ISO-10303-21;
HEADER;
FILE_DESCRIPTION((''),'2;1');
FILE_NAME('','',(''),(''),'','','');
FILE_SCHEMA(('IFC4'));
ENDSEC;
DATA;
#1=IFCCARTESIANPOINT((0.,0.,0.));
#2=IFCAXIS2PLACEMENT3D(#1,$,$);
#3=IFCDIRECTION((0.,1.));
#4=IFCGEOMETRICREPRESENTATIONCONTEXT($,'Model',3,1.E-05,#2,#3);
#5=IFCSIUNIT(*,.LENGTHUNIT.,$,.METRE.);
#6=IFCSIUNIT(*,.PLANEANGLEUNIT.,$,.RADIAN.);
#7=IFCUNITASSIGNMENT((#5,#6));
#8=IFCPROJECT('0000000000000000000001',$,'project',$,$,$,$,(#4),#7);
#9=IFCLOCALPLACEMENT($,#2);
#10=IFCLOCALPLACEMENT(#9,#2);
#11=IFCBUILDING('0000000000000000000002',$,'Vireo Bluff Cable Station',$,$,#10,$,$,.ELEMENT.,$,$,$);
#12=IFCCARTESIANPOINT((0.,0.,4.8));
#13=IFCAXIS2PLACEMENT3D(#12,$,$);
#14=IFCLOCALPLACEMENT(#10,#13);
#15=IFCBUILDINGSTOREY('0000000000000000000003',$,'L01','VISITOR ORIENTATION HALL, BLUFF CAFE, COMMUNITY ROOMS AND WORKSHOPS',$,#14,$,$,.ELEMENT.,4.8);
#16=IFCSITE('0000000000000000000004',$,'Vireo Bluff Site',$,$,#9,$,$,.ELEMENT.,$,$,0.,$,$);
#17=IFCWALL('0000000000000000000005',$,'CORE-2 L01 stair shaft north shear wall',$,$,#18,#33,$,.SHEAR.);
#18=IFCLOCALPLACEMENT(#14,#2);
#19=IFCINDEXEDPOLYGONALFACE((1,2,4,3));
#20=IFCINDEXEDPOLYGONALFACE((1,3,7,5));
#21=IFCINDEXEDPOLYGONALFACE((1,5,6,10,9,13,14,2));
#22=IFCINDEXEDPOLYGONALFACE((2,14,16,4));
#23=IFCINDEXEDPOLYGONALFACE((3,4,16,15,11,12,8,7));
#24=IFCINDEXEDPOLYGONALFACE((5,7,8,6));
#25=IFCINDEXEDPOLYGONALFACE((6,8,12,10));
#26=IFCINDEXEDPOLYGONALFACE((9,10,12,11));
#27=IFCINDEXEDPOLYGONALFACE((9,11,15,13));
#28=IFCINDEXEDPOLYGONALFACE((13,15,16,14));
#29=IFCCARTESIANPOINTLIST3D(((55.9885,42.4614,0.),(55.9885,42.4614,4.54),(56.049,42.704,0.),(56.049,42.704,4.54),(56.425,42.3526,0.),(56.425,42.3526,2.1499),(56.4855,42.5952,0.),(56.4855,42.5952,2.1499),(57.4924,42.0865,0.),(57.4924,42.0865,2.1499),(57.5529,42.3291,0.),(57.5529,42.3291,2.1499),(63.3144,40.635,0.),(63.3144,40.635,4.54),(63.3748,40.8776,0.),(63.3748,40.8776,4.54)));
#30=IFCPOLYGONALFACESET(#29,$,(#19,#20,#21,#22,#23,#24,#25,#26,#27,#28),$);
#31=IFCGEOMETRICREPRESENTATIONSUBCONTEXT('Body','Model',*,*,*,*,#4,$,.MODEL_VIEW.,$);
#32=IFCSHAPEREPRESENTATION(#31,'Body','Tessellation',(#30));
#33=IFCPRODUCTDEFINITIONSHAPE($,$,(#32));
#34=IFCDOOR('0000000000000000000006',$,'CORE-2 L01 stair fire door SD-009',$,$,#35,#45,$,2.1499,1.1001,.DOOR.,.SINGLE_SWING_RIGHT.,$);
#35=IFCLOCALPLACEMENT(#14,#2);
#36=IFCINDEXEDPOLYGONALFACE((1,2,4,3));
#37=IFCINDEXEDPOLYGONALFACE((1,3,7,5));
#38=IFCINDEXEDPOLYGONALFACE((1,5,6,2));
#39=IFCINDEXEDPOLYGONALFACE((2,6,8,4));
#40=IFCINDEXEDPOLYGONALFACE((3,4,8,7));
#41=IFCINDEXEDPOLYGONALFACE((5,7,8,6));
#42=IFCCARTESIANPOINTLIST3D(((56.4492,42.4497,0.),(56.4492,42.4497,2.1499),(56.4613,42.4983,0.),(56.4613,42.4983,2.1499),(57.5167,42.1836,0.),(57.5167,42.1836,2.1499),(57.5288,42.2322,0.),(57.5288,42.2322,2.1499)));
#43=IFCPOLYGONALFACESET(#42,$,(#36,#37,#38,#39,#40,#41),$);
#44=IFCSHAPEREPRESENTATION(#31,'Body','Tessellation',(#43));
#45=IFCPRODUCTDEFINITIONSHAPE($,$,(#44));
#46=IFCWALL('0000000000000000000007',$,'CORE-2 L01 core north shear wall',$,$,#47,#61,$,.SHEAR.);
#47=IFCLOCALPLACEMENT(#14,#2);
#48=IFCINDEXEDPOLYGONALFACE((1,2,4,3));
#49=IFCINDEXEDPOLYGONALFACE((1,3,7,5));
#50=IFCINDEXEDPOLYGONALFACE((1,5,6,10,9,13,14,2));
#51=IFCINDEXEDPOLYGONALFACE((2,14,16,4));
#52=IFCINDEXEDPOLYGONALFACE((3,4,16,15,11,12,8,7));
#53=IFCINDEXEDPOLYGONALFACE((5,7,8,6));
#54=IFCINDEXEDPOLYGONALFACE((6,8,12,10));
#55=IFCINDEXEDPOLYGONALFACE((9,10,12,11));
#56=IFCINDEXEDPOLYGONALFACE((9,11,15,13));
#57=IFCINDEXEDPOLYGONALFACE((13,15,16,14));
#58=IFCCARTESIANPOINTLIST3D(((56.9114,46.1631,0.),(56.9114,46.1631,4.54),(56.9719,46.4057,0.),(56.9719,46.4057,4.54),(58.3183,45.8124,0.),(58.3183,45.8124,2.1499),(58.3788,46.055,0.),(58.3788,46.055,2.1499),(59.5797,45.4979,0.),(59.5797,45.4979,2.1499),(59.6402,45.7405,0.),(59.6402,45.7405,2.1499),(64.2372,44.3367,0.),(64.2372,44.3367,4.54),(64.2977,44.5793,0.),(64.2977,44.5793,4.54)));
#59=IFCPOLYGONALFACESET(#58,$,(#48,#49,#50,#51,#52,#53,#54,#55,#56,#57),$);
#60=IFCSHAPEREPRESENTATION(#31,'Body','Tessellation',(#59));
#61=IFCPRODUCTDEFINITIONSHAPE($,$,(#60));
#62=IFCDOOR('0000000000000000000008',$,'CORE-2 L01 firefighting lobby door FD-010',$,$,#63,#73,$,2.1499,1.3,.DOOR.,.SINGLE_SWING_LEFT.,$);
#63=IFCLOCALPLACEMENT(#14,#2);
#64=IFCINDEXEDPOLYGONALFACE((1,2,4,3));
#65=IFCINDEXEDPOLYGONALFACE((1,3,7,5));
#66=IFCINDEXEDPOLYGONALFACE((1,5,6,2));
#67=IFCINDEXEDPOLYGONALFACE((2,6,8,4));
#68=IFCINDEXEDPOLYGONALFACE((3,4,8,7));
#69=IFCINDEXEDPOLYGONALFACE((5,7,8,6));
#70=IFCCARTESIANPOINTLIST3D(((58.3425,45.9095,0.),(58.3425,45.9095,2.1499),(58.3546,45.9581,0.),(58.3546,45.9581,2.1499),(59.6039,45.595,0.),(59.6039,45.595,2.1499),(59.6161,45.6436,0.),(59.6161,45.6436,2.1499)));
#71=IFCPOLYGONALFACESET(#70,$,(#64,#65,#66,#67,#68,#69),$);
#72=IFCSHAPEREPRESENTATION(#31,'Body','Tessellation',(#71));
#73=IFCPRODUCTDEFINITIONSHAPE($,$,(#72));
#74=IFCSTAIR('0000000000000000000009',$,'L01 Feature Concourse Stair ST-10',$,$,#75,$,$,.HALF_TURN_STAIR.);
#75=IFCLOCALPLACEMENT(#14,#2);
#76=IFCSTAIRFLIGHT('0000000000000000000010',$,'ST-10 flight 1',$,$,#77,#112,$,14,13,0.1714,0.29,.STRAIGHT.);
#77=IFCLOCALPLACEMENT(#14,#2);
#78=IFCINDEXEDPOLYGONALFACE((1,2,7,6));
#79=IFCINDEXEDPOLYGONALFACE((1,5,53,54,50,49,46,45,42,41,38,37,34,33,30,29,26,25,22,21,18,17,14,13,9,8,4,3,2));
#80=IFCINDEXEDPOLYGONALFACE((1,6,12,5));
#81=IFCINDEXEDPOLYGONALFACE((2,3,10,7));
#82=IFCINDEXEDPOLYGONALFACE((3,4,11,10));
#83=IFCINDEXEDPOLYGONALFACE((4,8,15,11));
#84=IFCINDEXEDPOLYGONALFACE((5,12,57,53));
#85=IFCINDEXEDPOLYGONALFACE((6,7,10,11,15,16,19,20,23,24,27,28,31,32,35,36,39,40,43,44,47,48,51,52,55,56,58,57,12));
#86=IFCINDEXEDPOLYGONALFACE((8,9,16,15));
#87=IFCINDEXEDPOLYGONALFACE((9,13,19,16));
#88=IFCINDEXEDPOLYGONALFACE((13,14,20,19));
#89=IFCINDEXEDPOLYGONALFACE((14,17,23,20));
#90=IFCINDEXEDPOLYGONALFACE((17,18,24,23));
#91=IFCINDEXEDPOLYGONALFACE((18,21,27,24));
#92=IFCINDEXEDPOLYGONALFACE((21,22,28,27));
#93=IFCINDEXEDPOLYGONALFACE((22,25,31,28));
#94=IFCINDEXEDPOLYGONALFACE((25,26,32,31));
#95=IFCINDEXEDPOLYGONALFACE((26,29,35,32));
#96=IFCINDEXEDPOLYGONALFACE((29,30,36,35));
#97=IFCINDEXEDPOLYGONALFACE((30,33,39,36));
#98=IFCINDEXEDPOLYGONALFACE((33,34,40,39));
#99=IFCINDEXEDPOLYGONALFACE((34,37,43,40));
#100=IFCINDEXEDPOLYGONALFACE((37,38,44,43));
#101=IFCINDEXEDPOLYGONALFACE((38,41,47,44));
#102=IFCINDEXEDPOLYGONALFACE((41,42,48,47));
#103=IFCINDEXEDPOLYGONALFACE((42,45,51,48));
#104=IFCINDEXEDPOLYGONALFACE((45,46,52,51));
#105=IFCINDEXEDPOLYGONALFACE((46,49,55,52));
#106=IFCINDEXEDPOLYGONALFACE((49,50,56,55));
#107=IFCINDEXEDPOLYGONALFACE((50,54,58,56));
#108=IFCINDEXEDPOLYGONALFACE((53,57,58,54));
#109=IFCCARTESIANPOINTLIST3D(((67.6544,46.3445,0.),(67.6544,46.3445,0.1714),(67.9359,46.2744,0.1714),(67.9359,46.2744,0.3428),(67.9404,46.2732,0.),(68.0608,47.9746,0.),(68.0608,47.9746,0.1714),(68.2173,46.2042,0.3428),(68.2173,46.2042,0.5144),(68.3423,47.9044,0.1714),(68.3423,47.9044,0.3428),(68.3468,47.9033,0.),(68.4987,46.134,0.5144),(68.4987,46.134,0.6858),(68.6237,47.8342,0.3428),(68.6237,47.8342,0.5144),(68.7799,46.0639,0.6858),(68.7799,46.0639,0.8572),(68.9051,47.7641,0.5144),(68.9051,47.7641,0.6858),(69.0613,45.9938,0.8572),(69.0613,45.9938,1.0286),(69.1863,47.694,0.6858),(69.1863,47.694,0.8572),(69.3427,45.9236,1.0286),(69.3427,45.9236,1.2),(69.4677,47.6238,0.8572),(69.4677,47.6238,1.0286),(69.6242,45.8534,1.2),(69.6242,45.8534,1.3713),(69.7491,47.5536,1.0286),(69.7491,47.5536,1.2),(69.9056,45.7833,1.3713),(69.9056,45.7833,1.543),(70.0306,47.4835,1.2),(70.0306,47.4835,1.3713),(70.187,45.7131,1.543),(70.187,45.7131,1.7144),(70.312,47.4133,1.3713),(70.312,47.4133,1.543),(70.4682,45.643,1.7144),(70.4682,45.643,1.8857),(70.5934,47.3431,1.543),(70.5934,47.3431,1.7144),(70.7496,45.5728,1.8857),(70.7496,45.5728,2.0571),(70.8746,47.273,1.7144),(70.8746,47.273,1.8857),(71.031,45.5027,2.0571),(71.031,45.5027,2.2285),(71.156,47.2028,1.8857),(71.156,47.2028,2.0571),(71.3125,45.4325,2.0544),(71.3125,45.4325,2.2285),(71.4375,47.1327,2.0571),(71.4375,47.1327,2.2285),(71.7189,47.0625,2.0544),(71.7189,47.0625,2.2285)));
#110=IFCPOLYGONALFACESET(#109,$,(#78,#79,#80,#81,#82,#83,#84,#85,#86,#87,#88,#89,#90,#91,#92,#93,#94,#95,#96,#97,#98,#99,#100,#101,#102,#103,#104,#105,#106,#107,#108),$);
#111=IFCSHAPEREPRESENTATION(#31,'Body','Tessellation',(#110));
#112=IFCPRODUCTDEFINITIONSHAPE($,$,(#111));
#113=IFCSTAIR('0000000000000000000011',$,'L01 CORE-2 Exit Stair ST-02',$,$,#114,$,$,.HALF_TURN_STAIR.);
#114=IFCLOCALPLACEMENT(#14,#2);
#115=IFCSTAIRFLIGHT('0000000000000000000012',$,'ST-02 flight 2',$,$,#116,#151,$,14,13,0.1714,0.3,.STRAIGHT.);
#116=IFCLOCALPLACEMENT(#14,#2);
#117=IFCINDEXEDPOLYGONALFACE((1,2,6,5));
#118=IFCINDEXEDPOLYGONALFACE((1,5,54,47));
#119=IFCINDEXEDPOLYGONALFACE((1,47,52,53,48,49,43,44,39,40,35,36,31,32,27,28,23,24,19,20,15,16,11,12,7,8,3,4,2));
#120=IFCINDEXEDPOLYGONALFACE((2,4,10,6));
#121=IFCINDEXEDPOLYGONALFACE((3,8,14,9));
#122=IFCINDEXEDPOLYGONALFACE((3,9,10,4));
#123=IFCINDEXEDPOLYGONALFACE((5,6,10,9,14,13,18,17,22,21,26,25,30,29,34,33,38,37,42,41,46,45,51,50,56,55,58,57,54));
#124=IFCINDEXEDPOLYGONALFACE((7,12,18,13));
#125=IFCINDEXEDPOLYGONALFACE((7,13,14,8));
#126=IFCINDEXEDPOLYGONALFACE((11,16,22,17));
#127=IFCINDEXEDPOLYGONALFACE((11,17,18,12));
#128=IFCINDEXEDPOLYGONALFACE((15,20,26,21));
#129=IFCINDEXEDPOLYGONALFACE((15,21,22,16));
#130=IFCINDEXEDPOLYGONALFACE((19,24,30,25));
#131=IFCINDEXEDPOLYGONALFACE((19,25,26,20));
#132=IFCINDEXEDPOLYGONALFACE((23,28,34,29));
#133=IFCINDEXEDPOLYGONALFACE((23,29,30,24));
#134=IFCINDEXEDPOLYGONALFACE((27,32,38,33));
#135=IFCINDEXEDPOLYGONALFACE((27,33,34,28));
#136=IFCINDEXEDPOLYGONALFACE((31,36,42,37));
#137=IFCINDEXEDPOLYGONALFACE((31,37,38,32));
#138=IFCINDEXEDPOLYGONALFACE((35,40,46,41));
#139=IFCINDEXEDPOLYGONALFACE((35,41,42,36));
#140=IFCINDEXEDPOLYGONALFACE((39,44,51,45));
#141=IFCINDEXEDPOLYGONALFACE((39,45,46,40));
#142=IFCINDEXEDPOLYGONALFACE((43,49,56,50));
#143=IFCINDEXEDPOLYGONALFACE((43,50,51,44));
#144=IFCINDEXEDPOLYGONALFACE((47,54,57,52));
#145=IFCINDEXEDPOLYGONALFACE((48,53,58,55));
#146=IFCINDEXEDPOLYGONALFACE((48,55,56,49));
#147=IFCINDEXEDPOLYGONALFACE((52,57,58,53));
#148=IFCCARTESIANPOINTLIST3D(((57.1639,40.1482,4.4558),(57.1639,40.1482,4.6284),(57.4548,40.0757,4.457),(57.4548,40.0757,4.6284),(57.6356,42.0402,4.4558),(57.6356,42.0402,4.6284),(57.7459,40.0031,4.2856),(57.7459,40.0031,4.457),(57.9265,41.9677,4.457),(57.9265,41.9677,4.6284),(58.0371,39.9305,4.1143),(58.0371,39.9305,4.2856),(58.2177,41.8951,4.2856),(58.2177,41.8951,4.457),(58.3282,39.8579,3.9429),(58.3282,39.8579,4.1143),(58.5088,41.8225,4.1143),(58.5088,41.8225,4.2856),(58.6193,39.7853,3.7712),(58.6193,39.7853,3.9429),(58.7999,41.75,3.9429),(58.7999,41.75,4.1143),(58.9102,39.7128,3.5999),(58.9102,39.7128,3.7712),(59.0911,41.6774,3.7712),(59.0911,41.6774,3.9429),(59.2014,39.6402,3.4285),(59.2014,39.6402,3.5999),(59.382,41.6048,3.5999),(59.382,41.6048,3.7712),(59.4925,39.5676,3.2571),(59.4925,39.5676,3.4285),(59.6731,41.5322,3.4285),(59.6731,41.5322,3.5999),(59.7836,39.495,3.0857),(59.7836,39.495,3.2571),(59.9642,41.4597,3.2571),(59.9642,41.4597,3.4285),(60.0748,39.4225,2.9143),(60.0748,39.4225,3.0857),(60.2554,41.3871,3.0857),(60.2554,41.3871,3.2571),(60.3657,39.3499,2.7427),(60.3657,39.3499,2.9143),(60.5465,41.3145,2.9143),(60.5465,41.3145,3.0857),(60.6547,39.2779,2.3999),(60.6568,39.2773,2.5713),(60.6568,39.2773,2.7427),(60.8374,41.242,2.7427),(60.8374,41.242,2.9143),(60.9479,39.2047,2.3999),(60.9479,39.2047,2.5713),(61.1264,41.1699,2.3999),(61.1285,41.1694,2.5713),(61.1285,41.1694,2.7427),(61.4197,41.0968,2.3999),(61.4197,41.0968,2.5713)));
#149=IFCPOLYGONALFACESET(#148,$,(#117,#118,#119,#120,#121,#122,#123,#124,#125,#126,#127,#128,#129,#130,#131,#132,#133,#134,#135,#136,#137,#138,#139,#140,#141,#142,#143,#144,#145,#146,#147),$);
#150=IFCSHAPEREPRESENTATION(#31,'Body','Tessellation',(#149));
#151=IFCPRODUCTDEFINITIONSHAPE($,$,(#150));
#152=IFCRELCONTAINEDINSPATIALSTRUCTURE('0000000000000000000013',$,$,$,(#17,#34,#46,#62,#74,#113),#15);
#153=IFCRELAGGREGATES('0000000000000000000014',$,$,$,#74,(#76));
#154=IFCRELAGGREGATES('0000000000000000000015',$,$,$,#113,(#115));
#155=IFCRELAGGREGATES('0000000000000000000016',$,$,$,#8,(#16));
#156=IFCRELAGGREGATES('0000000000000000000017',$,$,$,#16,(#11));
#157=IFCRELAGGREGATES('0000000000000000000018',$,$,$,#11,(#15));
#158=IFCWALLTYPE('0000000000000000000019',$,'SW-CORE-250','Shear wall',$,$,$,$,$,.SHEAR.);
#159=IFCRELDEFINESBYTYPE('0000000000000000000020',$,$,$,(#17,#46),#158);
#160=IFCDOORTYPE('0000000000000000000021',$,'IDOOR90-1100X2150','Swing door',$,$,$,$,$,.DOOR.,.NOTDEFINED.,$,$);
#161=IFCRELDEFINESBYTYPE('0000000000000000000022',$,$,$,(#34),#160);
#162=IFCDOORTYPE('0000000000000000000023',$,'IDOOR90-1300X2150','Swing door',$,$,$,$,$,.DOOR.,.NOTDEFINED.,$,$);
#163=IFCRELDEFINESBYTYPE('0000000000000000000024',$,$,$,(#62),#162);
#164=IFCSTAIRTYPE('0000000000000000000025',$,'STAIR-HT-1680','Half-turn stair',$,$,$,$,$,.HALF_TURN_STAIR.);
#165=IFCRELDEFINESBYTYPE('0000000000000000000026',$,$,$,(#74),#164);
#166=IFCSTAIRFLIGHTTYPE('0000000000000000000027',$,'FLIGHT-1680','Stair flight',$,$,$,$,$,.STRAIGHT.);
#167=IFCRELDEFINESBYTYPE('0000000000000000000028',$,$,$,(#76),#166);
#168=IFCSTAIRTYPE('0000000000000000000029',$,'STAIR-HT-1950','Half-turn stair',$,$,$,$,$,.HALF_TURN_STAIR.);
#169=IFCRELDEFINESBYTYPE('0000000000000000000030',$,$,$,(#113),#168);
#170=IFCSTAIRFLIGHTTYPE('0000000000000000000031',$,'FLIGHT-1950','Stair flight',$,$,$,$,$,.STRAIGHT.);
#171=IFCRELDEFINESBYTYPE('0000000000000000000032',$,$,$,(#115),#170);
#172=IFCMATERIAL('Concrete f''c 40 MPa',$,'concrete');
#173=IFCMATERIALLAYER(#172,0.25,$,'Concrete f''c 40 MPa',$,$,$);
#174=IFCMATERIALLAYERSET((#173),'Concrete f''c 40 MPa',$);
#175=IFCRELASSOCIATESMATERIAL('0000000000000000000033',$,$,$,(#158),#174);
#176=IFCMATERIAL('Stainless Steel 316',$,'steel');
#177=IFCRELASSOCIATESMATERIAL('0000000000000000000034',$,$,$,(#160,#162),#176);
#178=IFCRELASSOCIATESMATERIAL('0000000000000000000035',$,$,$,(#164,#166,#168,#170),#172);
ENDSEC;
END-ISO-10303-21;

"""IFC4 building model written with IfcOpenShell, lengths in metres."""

from ifc_helpers import new_model, si_unit, direction, frame, frame_2d, origin, origin_with_axes, place, context, subcontext, project, spatial, polyline, rectangle, outline, extrude, material, layer, layer_set, type_object, element, fill, aggregate, save


model = new_model("IFC4")

# Units and contexts
model_context = context("Model", 3, precision=1e-05, world=origin(), true_north=direction((0.0, 1.0)))
body_context = subcontext(model_context, "Body", "Model", "MODEL_VIEW")
ifc_project = project(units=[si_unit("LENGTHUNIT", "METRE"), si_unit("PLANEANGLEUNIT", "RADIAN")], contexts=[model_context])

# Site, building, storey
site_placement = place(None, origin())
site = spatial("IfcSite", under=ifc_project, at=site_placement, Name="Vireo Bluff Site", CompositionType="ELEMENT", RefElevation=0.0)
building_placement = place(site_placement, origin())
building = spatial("IfcBuilding", under=site, at=building_placement, Name="Vireo Bluff Cable Station", CompositionType="ELEMENT")
storey_placement = place(building_placement, frame((0.0, 0.0, 4.8)))
storey = spatial("IfcBuildingStorey", under=building, at=storey_placement, Name="L01", Description="VISITOR ORIENTATION HALL, BLUFF CAFE, COMMUNITY ROOMS AND WORKSHOPS", CompositionType="ELEMENT", Elevation=4.8)

# Walls, openings, doors
ifc_material_1 = material(Name="Concrete f'c 40 MPa", Category="concrete")
ifc_layer_1 = layer(ifc_material_1, 0.25, Name="Concrete f'c 40 MPa")
ifc_layer_set_1 = layer_set([ifc_layer_1], Name="Concrete f'c 40 MPa")
wall_type_1 = type_object("IfcWallType", Name="SW-CORE-250", Description="Shear wall", PredefinedType="SHEAR", material=ifc_layer_set_1)
wall_1_placement = place(storey_placement, frame((63.3445, 40.7563, 0.0), z_axis=(0.0, 0.0, 1.0), x_axis=(-0.9703, 0.241904, 0.0)))
wall_1 = element("IfcWall", 1, at=wall_1_placement, inside=storey, type_object=wall_type_1, Name="CORE-2 L01 stair shaft north shear wall", PredefinedType="SHEAR", context=body_context, shape_type="SweptSolid", body=[
    extrude(rectangle(XDim=7.55, YDim=0.25, at=frame_2d((3.7749, 0.0))), origin(), (0.0, 0.0, 1.0), 4.54),
])
opening_1_placement = place(wall_1_placement, frame((6.0, 0.0, 0.0)))
opening_1 = element("IfcOpeningElement", 2, at=opening_1_placement, cuts=wall_1, PredefinedType="OPENING", context=body_context, shape_type="SweptSolid", body=[
    extrude(rectangle(XDim=1.1001, YDim=2.1499, at=frame_2d((0.55, 1.075))), frame((0.0, 0.135, 0.0), z_axis=(0.0, -1.0, 0.0), x_axis=(1.0, 0.0, 0.0)), (0.0, 0.0, 1.0), 0.27),
])
ifc_material_2 = material(Name="Stainless Steel 316", Category="steel")
door_type_1 = type_object("IfcDoorType", Name="IDOOR90-1100X2150", Description="Swing door", OperationType="NOTDEFINED", PredefinedType="DOOR", material=ifc_material_2)
door_1_placement = place(opening_1_placement, origin_with_axes())
door_1 = element("IfcDoor", 3, at=door_1_placement, inside=storey, type_object=door_type_1, Name="CORE-2 L01 stair fire door SD-009", OperationType="SINGLE_SWING_RIGHT", OverallHeight=2.1499, OverallWidth=1.1001, PredefinedType="DOOR", context=body_context, shape_type="SweptSolid", body=[
    extrude(rectangle(XDim=1.1001, YDim=2.1499, at=frame_2d((0.55, 1.075))), frame((0.0, 0.0249, 0.0), z_axis=(0.0, -1.0, 0.0), x_axis=(1.0, 0.0, 0.0)), (0.0, 0.0, 1.0), 0.05),
])
fill(opening_1, door_1)
wall_2_placement = place(storey_placement, frame((64.2673, 44.458, 0.0), z_axis=(0.0, 0.0, 1.0), x_axis=(-0.970298, 0.241912, 0.0)))
wall_2 = element("IfcWall", 4, at=wall_2_placement, inside=storey, type_object=wall_type_1, Name="CORE-2 L01 core north shear wall", PredefinedType="SHEAR", context=body_context, shape_type="SweptSolid", body=[
    extrude(rectangle(XDim=7.55, YDim=0.25, at=frame_2d((3.7749, 0.0))), origin(), (0.0, 0.0, 1.0), 4.54),
])
opening_2_placement = place(wall_2_placement, frame((4.8, 0.0, 0.0)))
opening_2 = element("IfcOpeningElement", 5, at=opening_2_placement, cuts=wall_2, PredefinedType="OPENING", context=body_context, shape_type="SweptSolid", body=[
    extrude(rectangle(XDim=1.3, YDim=2.1499, at=frame_2d((0.6499, 1.075))), frame((0.0, 0.135, 0.0), z_axis=(0.0, -1.0, 0.0), x_axis=(1.0, 0.0, 0.0)), (0.0, 0.0, 1.0), 0.27),
])
door_type_2 = type_object("IfcDoorType", Name="IDOOR90-1300X2150", Description="Swing door", OperationType="NOTDEFINED", PredefinedType="DOOR", material=ifc_material_2)
door_2_placement = place(opening_2_placement, origin_with_axes())
door_2 = element("IfcDoor", 6, at=door_2_placement, inside=storey, type_object=door_type_2, Name="CORE-2 L01 firefighting lobby door FD-010", OperationType="SINGLE_SWING_LEFT", OverallHeight=2.1499, OverallWidth=1.3, PredefinedType="DOOR", context=body_context, shape_type="SweptSolid", body=[
    extrude(rectangle(XDim=1.3, YDim=2.1499, at=frame_2d((0.6499, 1.075))), frame((0.0, 0.0249, 0.0), z_axis=(0.0, -1.0, 0.0), x_axis=(1.0, 0.0, 0.0)), (0.0, 0.0, 1.0), 0.05),
])
fill(opening_2, door_2)

# Stairs, stair flights
stair_type_1 = type_object("IfcStairType", Name="STAIR-HT-1680", Description="Half-turn stair", PredefinedType="HALF_TURN_STAIR", material=ifc_material_1)
stair_1_placement = place(storey_placement, origin())
stair_1 = element("IfcStair", 7, at=stair_1_placement, inside=storey, type_object=stair_type_1, Name="L01 Feature Concourse Stair ST-10", PredefinedType="HALF_TURN_STAIR")
stair_flight_type_1 = type_object("IfcStairFlightType", Name="FLIGHT-1680", Description="Stair flight", PredefinedType="STRAIGHT", material=ifc_material_1)
stair_flight_1_placement = place(storey_placement, frame((67.8577, 47.1597, 0.0), z_axis=(0.0, 0.0, 1.0), x_axis=(0.970296, -0.241922, 0.0)))
stair_flight_1 = element("IfcStairFlight", 8, at=stair_flight_1_placement, type_object=stair_flight_type_1, Name="ST-10 flight 1", NumberOfRisers=14, NumberOfTreads=13, PredefinedType="STRAIGHT", RiserHeight=0.1714, TreadLength=0.29, context=body_context, shape_type="SweptSolid", body=[
    extrude(outline(polyline([(0.0, 0.0), (0.0, 0.1714), (0.29, 0.1714), (0.29, 0.3428), (0.5801, 0.3428), (0.5801, 0.5144), (0.8701, 0.5144), (0.8701, 0.6858), (1.1599, 0.6858), (1.1599, 0.8572), (1.45, 0.8572), (1.45, 1.0286), (1.74, 1.0286), (1.74, 1.2), (2.03, 1.2), (2.03, 1.3713), (2.3201, 1.3713), (2.3201, 1.543), (2.6101, 1.543), (2.6101, 1.7144), (2.8999, 1.7144), (2.8999, 1.8857), (3.1899, 1.8857), (3.1899, 2.0571), (3.48, 2.0571), (3.48, 2.2285), (3.77, 2.2285), (3.77, 2.3999), (3.77, 2.0544), (0.2947, 0.0), (0.0, 0.0)])), frame((0.0, 0.8398, 0.0), z_axis=(0.0, -1.0, 0.0), x_axis=(1.0, 0.0, 0.0)), (0.0, 0.0, 1.0), 1.6799),
])
aggregate(stair_1, [stair_flight_1])
stair_type_2 = type_object("IfcStairType", Name="STAIR-HT-1950", Description="Half-turn stair", PredefinedType="HALF_TURN_STAIR", material=ifc_material_1)
stair_2_placement = place(storey_placement, origin())
stair_2 = element("IfcStair", 9, at=stair_2_placement, inside=storey, type_object=stair_type_2, Name="L01 CORE-2 Exit Stair ST-02", PredefinedType="HALF_TURN_STAIR")
stair_flight_type_2 = type_object("IfcStairFlightType", Name="FLIGHT-1950", Description="Stair flight", PredefinedType="STRAIGHT", material=ifc_material_1)
stair_flight_2_placement = place(storey_placement, frame((61.1838, 40.1509, 2.3999), z_axis=(0.0, 0.0, 1.0), x_axis=(-0.970296, 0.241922, 0.0)))
stair_flight_2 = element("IfcStairFlight", 10, at=stair_flight_2_placement, type_object=stair_flight_type_2, Name="ST-02 flight 2", NumberOfRisers=14, NumberOfTreads=13, PredefinedType="STRAIGHT", RiserHeight=0.1714, TreadLength=0.3, context=body_context, shape_type="SweptSolid", body=[
    extrude(outline(polyline([(0.0, 0.0), (0.0, 0.1714), (0.3, 0.1714), (0.3, 0.3428), (0.6001, 0.3428), (0.6001, 0.5144), (0.8999, 0.5144), (0.8999, 0.6858), (1.2, 0.6858), (1.2, 0.8572), (1.5, 0.8572), (1.5, 1.0286), (1.8, 1.0286), (1.8, 1.2), (2.1001, 1.2), (2.1001, 1.3713), (2.3999, 1.3713), (2.3999, 1.543), (2.7, 1.543), (2.7, 1.7144), (3.0, 1.7144), (3.0, 1.8857), (3.3, 1.8857), (3.3, 2.0571), (3.6001, 2.0571), (3.6001, 2.2285), (3.8999, 2.2285), (3.8999, 2.3999), (3.8999, 2.0559), (0.3022, 0.0), (0.0, 0.0)])), frame((0.0, 0.9751, 0.0), z_axis=(0.0, -1.0, 0.0), x_axis=(1.0, 0.0, 0.0)), (0.0, 0.0, 1.0), 1.95),
])
aggregate(stair_2, [stair_flight_2])

save(model, "model.ifc")
